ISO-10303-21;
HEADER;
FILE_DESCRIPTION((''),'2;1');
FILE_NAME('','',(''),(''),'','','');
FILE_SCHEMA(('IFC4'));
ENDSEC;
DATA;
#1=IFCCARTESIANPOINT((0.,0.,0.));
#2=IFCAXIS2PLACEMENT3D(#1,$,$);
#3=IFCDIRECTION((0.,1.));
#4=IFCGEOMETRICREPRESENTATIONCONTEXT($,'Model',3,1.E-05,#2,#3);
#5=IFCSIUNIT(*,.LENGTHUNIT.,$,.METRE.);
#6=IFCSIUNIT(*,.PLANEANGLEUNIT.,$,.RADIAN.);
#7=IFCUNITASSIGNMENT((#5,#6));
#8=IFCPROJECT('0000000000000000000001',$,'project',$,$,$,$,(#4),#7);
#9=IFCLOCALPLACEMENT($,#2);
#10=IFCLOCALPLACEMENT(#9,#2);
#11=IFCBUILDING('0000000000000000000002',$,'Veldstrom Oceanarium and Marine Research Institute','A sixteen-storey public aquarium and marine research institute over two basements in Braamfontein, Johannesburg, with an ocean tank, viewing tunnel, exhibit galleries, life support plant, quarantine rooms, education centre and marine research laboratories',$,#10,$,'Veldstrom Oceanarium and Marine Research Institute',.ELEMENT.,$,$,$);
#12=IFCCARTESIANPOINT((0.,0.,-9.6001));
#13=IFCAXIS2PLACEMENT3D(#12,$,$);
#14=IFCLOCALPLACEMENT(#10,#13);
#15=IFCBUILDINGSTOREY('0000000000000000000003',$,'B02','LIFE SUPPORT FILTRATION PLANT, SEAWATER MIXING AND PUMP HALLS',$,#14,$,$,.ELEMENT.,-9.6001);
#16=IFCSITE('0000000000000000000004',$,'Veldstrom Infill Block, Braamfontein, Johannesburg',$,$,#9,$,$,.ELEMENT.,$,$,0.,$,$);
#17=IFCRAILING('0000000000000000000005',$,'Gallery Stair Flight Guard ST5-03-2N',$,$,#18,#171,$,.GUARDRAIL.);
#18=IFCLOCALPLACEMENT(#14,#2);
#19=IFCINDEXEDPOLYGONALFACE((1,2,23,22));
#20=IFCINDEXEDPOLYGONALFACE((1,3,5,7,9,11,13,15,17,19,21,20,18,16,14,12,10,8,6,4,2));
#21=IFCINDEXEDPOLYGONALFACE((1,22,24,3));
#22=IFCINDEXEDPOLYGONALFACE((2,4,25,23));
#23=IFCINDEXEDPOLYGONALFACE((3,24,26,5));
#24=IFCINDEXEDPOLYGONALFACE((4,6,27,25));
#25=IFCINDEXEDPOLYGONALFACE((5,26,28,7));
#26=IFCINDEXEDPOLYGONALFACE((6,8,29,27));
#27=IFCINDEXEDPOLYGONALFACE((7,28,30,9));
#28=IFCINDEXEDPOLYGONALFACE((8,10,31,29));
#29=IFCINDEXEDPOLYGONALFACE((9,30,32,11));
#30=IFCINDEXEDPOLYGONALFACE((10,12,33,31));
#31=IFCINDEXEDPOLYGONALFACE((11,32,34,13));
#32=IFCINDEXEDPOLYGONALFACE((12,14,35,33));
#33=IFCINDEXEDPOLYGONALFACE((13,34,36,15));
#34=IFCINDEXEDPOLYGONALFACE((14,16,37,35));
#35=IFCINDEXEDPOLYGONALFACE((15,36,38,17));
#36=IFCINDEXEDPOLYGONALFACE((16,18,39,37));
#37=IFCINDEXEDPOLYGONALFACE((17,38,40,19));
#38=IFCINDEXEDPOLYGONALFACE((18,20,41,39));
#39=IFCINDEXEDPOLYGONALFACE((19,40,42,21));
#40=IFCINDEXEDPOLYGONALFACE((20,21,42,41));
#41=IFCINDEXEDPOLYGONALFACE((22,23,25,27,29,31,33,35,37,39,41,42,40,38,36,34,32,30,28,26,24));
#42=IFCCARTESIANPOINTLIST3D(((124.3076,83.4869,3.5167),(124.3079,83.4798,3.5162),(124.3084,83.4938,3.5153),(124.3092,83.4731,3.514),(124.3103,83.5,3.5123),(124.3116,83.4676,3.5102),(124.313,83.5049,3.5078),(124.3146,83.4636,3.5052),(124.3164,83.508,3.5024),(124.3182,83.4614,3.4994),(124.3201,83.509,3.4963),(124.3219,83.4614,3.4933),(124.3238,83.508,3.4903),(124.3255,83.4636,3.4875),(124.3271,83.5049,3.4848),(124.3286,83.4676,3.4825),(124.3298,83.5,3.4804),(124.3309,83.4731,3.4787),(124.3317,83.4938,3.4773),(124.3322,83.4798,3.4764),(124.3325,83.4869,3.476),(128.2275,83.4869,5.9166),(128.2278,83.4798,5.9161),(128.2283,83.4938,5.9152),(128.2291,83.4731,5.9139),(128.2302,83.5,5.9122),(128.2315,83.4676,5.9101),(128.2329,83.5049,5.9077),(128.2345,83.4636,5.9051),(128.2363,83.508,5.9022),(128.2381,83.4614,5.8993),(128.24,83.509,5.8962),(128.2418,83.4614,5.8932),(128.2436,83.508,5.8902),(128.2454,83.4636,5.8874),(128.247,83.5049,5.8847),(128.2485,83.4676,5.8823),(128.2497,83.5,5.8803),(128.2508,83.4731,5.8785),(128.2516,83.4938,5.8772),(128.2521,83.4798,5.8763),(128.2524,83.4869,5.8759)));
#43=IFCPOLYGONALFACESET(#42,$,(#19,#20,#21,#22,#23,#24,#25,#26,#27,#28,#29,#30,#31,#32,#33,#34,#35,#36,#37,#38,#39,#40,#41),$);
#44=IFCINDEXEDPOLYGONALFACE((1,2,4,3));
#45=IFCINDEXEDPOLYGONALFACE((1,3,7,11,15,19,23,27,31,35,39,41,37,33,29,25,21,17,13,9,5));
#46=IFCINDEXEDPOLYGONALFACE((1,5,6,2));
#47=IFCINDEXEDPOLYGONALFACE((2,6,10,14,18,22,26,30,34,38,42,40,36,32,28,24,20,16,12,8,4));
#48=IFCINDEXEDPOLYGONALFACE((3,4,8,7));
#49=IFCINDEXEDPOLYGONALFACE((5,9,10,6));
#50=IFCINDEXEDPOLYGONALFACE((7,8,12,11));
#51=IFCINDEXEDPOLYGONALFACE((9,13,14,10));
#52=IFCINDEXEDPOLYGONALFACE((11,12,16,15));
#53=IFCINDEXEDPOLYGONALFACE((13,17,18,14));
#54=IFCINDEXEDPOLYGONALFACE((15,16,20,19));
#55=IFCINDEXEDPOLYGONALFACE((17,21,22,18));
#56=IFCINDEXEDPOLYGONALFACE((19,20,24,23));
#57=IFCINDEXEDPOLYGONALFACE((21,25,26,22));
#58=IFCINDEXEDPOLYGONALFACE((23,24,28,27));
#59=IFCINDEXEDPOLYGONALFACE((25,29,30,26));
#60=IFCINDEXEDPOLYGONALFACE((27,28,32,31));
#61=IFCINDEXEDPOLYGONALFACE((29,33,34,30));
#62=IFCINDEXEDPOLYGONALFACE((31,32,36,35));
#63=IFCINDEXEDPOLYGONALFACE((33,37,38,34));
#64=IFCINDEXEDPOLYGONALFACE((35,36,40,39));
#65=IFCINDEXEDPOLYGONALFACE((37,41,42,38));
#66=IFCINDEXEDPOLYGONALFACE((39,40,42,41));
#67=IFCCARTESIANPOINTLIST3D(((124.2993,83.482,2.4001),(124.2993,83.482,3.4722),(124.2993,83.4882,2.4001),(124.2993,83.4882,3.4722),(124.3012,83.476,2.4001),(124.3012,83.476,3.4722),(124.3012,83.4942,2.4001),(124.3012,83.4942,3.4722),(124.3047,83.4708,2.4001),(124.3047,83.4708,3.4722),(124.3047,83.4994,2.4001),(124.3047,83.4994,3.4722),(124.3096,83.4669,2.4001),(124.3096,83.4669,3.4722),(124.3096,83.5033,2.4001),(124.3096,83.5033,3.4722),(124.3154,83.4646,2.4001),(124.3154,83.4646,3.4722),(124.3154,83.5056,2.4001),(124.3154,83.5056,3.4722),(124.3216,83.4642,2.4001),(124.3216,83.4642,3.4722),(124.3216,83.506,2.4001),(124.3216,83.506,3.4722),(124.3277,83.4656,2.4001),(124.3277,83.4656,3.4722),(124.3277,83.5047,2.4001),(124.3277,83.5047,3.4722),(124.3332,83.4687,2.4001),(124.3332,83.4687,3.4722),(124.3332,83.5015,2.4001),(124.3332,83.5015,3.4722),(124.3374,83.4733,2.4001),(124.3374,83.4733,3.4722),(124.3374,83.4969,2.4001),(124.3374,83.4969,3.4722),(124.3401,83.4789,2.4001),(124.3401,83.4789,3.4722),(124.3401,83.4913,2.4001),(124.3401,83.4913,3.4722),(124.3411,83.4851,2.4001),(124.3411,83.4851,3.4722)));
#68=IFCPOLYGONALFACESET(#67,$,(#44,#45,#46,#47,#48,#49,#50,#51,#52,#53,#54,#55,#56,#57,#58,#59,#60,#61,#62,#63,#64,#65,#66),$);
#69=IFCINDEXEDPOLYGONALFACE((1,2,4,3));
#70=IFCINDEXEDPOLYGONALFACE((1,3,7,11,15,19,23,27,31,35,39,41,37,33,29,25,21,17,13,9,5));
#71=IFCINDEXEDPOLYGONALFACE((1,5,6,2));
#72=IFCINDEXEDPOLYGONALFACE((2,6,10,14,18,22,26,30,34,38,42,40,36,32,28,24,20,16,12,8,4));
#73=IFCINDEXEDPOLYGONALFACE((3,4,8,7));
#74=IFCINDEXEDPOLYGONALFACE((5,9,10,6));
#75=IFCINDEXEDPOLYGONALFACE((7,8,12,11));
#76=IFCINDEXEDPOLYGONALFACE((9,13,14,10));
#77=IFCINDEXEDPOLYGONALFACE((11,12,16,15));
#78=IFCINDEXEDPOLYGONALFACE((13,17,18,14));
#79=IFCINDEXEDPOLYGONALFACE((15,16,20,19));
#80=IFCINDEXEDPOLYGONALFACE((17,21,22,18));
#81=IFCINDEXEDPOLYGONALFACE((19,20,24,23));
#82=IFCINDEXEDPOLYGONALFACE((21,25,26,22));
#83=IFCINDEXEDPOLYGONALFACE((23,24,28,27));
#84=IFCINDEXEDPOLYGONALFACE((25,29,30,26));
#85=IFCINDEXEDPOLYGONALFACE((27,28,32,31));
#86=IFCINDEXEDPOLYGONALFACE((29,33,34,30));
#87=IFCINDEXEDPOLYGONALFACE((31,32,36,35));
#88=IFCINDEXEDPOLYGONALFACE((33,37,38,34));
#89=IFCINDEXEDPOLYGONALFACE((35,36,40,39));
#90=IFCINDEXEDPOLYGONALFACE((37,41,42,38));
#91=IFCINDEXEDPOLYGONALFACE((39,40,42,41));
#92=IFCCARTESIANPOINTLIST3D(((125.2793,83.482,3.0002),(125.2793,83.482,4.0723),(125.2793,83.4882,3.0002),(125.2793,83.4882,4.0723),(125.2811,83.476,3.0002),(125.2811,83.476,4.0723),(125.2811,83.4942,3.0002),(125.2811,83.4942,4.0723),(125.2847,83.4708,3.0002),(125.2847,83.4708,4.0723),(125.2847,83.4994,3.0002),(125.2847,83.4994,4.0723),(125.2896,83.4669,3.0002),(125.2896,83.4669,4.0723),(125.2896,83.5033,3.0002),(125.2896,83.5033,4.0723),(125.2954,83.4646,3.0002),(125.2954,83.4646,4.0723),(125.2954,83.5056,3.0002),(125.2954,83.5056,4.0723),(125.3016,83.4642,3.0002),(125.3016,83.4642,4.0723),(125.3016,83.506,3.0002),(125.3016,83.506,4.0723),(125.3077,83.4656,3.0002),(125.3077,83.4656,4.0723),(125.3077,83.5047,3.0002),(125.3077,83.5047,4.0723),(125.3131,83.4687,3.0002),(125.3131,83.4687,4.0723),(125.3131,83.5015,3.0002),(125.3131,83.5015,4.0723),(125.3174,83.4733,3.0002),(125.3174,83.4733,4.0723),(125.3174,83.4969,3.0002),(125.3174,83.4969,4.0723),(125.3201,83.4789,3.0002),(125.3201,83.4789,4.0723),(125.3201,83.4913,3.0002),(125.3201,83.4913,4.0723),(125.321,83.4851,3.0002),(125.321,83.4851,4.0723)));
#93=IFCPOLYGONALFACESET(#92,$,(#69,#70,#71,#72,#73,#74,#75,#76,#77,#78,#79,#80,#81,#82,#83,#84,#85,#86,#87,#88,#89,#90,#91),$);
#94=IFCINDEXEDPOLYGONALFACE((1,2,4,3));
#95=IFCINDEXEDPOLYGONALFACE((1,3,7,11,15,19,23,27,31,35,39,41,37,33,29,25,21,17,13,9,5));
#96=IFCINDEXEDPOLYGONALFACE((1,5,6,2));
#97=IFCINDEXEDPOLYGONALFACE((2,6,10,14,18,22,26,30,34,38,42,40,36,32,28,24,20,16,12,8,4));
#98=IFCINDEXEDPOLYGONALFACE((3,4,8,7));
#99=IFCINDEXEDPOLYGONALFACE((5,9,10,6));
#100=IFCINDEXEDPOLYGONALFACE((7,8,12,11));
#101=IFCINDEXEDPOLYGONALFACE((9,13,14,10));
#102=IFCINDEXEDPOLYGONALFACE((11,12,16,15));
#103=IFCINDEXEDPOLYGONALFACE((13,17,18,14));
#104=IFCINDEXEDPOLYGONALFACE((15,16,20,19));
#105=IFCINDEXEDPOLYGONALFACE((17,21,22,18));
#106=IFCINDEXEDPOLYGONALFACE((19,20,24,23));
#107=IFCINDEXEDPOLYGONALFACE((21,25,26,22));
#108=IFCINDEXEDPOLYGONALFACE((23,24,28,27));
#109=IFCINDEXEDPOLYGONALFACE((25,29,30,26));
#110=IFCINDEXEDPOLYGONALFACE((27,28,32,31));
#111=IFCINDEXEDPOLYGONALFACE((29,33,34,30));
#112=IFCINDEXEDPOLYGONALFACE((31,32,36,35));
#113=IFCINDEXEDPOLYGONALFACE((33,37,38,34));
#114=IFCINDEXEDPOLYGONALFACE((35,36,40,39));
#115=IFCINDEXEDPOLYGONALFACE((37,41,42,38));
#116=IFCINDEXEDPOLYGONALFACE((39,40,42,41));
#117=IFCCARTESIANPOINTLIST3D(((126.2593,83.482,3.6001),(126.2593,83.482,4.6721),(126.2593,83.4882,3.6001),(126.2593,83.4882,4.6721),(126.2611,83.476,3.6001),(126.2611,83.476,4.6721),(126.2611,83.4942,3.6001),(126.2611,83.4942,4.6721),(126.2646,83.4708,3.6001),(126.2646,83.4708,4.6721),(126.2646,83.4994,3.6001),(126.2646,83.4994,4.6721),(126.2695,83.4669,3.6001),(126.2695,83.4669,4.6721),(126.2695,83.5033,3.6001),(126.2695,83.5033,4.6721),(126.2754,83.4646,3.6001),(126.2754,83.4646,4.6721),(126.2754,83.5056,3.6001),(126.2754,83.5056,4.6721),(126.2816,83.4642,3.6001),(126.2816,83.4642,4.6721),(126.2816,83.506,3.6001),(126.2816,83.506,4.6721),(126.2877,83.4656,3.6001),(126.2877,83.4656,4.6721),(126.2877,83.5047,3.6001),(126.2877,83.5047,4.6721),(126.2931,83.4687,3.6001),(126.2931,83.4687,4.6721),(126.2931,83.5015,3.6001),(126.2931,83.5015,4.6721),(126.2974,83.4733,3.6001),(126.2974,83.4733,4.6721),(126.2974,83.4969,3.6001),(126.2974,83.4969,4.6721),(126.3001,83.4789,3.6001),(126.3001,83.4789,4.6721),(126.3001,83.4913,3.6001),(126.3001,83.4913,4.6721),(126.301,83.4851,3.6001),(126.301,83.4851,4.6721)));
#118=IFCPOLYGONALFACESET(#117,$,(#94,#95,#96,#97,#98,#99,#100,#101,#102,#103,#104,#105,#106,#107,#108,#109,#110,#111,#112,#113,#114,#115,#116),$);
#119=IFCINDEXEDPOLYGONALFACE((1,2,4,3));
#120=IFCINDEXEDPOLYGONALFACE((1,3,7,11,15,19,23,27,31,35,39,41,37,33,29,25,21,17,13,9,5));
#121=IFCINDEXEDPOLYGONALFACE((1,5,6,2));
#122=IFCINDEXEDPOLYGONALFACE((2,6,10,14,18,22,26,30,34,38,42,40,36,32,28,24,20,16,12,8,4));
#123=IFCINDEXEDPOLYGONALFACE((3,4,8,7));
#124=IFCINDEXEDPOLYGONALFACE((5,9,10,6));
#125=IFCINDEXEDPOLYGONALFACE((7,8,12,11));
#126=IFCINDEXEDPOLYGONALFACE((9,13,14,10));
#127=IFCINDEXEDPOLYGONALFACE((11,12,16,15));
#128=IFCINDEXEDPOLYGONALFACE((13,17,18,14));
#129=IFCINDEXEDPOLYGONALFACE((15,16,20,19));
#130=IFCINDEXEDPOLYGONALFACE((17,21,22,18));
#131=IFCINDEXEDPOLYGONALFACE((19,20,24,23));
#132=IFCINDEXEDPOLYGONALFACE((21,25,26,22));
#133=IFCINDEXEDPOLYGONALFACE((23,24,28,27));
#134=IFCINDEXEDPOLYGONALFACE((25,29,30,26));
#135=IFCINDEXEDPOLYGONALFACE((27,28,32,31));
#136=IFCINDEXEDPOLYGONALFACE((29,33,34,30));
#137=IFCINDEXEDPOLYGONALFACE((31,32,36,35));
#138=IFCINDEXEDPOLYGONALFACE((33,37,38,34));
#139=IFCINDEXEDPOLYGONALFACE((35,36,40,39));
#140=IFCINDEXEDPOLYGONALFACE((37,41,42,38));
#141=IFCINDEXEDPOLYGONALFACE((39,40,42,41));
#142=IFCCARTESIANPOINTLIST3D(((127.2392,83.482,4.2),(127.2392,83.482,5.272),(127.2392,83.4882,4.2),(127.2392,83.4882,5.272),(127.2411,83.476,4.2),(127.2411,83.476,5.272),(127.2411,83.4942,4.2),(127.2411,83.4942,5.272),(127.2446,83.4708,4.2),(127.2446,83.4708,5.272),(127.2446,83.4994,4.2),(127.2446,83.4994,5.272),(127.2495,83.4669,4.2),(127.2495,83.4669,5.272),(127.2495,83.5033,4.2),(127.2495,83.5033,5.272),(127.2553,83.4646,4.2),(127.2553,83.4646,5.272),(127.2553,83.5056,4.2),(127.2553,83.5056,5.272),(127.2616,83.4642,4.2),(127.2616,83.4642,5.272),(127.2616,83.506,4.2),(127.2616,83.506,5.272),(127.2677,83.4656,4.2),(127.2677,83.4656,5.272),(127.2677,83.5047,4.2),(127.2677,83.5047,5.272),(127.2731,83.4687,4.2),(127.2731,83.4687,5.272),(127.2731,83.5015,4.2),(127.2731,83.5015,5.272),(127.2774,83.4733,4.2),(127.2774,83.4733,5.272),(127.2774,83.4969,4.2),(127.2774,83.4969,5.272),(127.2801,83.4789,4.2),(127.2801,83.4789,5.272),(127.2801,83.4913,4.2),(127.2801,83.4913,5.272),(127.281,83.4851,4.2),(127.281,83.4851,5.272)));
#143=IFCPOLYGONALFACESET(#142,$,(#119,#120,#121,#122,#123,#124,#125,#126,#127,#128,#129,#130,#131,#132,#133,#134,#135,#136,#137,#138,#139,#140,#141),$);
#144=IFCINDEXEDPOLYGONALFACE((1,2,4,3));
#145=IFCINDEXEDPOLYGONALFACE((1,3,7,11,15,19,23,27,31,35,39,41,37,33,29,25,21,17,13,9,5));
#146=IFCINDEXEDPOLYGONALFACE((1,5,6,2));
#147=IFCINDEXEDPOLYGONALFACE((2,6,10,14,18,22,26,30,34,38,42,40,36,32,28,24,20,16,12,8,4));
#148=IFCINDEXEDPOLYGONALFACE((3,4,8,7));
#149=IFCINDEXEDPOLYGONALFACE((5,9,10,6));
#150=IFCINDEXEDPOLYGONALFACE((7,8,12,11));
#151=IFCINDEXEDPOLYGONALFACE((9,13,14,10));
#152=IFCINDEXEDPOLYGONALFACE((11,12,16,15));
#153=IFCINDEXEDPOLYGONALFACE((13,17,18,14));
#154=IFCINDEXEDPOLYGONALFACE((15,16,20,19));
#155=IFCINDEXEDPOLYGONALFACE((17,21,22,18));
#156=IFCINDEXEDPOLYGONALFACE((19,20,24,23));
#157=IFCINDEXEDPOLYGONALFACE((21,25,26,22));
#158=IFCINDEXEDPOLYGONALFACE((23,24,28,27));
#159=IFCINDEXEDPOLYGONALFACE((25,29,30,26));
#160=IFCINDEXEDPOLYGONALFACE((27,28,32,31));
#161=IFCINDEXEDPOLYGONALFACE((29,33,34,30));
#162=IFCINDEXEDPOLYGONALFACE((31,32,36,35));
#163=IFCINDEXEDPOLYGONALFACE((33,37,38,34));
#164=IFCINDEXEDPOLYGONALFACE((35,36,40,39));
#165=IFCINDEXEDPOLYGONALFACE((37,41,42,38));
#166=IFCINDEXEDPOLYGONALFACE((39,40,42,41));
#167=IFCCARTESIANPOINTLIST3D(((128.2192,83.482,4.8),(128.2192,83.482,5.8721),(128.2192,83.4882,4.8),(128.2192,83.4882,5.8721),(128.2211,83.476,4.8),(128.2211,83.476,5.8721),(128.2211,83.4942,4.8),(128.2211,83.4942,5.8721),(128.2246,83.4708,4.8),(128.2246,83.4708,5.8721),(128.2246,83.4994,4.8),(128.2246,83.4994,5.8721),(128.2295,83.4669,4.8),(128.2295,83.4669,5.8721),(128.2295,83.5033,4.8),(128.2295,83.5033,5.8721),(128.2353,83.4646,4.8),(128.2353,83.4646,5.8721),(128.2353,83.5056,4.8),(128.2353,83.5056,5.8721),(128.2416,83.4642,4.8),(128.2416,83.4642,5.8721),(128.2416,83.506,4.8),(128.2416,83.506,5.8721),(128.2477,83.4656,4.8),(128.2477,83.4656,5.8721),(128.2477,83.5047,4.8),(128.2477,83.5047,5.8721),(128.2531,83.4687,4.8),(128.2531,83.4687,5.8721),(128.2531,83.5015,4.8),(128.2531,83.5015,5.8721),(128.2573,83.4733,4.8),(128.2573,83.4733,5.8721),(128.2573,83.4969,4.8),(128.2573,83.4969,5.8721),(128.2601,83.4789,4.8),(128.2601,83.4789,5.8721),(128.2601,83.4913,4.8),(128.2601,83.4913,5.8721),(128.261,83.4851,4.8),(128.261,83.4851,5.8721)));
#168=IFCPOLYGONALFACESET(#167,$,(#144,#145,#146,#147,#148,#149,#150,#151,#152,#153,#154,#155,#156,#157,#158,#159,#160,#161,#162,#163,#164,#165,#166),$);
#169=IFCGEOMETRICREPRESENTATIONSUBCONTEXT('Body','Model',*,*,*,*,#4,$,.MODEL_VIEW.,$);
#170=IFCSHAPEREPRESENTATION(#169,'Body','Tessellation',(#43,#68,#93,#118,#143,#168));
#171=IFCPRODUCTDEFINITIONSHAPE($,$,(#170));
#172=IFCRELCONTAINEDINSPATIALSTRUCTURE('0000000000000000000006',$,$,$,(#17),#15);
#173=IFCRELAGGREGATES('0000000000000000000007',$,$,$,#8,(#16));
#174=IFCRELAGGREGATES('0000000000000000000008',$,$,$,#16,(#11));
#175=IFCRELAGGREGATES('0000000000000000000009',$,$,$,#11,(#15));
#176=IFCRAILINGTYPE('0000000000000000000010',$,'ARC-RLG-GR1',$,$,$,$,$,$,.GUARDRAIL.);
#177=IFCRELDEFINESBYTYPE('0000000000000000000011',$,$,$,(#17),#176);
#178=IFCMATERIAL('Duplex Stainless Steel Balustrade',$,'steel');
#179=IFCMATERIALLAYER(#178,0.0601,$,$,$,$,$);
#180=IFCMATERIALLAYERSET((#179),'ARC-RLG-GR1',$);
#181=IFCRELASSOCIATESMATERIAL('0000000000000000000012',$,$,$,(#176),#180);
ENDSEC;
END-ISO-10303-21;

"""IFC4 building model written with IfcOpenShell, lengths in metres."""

from ifc_helpers import new_model, si_unit, direction, frame, origin, origin_2d, place, context, subcontext, project, spatial, circle, extrude, material, layer, layer_set, type_object, element, save


model = new_model("IFC4")

# Units and contexts
model_context = context("Model", 3, precision=1e-05, world=origin(), true_north=direction((0.0, 1.0)))
body_context = subcontext(model_context, "Body", "Model", "MODEL_VIEW")
ifc_project = project(units=[si_unit("LENGTHUNIT", "METRE"), si_unit("PLANEANGLEUNIT", "RADIAN")], contexts=[model_context])

# Site, building, storey
site_placement = place(None, origin())
site = spatial("IfcSite", under=ifc_project, at=site_placement, Name="Veldstrom Infill Block, Braamfontein, Johannesburg", CompositionType="ELEMENT", RefElevation=0.0)
building_placement = place(site_placement, origin())
building = spatial("IfcBuilding", under=site, at=building_placement, Name="Veldstrom Oceanarium and Marine Research Institute", Description="A sixteen-storey public aquarium and marine research institute over two basements in Braamfontein, Johannesburg, with an ocean tank, viewing tunnel, exhibit galleries, life support plant, quarantine rooms, education centre and marine research laboratories", LongName="Veldstrom Oceanarium and Marine Research Institute", CompositionType="ELEMENT")
storey_placement = place(building_placement, frame((0.0, 0.0, -9.6001)))
storey = spatial("IfcBuildingStorey", under=building, at=storey_placement, Name="B02", Description="LIFE SUPPORT FILTRATION PLANT, SEAWATER MIXING AND PUMP HALLS", CompositionType="ELEMENT", Elevation=-9.6001)

# Railing
ifc_material_1 = material(Name="Duplex Stainless Steel Balustrade", Category="steel")
ifc_layer_1 = layer(ifc_material_1, 0.0601)
ifc_layer_set_1 = layer_set([ifc_layer_1], Name="ARC-RLG-GR1")
railing_type = type_object("IfcRailingType", Name="ARC-RLG-GR1", PredefinedType="GUARDRAIL", material=ifc_layer_set_1)
railing_1_placement = place(storey_placement, frame((124.3201, 83.4851, 2.4001)))
element("IfcRailing", 1, at=railing_1_placement, inside=storey, type_object=railing_type, Name="Gallery Stair Flight Guard ST5-03-2N", PredefinedType="GUARDRAIL", context=body_context, shape_type="SweptSolid", body=[
    extrude(circle(Radius=0.0239, at=origin_2d()), frame((0.0, 0.0, 1.0962), z_axis=(0.852856, 0.0, 0.522146), x_axis=(0.0, 1.0, 0.0)), (0.0, 0.0, 1.0), 4.5962),
    extrude(circle(Radius=0.021, at=origin_2d()), origin(), (0.0, 0.0, 1.0), 1.072),
    extrude(circle(Radius=0.021, at=origin_2d()), frame((0.98, 0.0, 0.6001)), (0.0, 0.0, 1.0), 1.072),
    extrude(circle(Radius=0.021, at=origin_2d()), frame((1.96, 0.0, 1.2)), (0.0, 0.0, 1.0), 1.072),
    extrude(circle(Radius=0.021, at=origin_2d()), frame((2.9399, 0.0, 1.7998)), (0.0, 0.0, 1.0), 1.072),
    extrude(circle(Radius=0.021, at=origin_2d()), frame((3.9199, 0.0, 2.3999)), (0.0, 0.0, 1.0), 1.072),
])

save(model, "model.ifc")
